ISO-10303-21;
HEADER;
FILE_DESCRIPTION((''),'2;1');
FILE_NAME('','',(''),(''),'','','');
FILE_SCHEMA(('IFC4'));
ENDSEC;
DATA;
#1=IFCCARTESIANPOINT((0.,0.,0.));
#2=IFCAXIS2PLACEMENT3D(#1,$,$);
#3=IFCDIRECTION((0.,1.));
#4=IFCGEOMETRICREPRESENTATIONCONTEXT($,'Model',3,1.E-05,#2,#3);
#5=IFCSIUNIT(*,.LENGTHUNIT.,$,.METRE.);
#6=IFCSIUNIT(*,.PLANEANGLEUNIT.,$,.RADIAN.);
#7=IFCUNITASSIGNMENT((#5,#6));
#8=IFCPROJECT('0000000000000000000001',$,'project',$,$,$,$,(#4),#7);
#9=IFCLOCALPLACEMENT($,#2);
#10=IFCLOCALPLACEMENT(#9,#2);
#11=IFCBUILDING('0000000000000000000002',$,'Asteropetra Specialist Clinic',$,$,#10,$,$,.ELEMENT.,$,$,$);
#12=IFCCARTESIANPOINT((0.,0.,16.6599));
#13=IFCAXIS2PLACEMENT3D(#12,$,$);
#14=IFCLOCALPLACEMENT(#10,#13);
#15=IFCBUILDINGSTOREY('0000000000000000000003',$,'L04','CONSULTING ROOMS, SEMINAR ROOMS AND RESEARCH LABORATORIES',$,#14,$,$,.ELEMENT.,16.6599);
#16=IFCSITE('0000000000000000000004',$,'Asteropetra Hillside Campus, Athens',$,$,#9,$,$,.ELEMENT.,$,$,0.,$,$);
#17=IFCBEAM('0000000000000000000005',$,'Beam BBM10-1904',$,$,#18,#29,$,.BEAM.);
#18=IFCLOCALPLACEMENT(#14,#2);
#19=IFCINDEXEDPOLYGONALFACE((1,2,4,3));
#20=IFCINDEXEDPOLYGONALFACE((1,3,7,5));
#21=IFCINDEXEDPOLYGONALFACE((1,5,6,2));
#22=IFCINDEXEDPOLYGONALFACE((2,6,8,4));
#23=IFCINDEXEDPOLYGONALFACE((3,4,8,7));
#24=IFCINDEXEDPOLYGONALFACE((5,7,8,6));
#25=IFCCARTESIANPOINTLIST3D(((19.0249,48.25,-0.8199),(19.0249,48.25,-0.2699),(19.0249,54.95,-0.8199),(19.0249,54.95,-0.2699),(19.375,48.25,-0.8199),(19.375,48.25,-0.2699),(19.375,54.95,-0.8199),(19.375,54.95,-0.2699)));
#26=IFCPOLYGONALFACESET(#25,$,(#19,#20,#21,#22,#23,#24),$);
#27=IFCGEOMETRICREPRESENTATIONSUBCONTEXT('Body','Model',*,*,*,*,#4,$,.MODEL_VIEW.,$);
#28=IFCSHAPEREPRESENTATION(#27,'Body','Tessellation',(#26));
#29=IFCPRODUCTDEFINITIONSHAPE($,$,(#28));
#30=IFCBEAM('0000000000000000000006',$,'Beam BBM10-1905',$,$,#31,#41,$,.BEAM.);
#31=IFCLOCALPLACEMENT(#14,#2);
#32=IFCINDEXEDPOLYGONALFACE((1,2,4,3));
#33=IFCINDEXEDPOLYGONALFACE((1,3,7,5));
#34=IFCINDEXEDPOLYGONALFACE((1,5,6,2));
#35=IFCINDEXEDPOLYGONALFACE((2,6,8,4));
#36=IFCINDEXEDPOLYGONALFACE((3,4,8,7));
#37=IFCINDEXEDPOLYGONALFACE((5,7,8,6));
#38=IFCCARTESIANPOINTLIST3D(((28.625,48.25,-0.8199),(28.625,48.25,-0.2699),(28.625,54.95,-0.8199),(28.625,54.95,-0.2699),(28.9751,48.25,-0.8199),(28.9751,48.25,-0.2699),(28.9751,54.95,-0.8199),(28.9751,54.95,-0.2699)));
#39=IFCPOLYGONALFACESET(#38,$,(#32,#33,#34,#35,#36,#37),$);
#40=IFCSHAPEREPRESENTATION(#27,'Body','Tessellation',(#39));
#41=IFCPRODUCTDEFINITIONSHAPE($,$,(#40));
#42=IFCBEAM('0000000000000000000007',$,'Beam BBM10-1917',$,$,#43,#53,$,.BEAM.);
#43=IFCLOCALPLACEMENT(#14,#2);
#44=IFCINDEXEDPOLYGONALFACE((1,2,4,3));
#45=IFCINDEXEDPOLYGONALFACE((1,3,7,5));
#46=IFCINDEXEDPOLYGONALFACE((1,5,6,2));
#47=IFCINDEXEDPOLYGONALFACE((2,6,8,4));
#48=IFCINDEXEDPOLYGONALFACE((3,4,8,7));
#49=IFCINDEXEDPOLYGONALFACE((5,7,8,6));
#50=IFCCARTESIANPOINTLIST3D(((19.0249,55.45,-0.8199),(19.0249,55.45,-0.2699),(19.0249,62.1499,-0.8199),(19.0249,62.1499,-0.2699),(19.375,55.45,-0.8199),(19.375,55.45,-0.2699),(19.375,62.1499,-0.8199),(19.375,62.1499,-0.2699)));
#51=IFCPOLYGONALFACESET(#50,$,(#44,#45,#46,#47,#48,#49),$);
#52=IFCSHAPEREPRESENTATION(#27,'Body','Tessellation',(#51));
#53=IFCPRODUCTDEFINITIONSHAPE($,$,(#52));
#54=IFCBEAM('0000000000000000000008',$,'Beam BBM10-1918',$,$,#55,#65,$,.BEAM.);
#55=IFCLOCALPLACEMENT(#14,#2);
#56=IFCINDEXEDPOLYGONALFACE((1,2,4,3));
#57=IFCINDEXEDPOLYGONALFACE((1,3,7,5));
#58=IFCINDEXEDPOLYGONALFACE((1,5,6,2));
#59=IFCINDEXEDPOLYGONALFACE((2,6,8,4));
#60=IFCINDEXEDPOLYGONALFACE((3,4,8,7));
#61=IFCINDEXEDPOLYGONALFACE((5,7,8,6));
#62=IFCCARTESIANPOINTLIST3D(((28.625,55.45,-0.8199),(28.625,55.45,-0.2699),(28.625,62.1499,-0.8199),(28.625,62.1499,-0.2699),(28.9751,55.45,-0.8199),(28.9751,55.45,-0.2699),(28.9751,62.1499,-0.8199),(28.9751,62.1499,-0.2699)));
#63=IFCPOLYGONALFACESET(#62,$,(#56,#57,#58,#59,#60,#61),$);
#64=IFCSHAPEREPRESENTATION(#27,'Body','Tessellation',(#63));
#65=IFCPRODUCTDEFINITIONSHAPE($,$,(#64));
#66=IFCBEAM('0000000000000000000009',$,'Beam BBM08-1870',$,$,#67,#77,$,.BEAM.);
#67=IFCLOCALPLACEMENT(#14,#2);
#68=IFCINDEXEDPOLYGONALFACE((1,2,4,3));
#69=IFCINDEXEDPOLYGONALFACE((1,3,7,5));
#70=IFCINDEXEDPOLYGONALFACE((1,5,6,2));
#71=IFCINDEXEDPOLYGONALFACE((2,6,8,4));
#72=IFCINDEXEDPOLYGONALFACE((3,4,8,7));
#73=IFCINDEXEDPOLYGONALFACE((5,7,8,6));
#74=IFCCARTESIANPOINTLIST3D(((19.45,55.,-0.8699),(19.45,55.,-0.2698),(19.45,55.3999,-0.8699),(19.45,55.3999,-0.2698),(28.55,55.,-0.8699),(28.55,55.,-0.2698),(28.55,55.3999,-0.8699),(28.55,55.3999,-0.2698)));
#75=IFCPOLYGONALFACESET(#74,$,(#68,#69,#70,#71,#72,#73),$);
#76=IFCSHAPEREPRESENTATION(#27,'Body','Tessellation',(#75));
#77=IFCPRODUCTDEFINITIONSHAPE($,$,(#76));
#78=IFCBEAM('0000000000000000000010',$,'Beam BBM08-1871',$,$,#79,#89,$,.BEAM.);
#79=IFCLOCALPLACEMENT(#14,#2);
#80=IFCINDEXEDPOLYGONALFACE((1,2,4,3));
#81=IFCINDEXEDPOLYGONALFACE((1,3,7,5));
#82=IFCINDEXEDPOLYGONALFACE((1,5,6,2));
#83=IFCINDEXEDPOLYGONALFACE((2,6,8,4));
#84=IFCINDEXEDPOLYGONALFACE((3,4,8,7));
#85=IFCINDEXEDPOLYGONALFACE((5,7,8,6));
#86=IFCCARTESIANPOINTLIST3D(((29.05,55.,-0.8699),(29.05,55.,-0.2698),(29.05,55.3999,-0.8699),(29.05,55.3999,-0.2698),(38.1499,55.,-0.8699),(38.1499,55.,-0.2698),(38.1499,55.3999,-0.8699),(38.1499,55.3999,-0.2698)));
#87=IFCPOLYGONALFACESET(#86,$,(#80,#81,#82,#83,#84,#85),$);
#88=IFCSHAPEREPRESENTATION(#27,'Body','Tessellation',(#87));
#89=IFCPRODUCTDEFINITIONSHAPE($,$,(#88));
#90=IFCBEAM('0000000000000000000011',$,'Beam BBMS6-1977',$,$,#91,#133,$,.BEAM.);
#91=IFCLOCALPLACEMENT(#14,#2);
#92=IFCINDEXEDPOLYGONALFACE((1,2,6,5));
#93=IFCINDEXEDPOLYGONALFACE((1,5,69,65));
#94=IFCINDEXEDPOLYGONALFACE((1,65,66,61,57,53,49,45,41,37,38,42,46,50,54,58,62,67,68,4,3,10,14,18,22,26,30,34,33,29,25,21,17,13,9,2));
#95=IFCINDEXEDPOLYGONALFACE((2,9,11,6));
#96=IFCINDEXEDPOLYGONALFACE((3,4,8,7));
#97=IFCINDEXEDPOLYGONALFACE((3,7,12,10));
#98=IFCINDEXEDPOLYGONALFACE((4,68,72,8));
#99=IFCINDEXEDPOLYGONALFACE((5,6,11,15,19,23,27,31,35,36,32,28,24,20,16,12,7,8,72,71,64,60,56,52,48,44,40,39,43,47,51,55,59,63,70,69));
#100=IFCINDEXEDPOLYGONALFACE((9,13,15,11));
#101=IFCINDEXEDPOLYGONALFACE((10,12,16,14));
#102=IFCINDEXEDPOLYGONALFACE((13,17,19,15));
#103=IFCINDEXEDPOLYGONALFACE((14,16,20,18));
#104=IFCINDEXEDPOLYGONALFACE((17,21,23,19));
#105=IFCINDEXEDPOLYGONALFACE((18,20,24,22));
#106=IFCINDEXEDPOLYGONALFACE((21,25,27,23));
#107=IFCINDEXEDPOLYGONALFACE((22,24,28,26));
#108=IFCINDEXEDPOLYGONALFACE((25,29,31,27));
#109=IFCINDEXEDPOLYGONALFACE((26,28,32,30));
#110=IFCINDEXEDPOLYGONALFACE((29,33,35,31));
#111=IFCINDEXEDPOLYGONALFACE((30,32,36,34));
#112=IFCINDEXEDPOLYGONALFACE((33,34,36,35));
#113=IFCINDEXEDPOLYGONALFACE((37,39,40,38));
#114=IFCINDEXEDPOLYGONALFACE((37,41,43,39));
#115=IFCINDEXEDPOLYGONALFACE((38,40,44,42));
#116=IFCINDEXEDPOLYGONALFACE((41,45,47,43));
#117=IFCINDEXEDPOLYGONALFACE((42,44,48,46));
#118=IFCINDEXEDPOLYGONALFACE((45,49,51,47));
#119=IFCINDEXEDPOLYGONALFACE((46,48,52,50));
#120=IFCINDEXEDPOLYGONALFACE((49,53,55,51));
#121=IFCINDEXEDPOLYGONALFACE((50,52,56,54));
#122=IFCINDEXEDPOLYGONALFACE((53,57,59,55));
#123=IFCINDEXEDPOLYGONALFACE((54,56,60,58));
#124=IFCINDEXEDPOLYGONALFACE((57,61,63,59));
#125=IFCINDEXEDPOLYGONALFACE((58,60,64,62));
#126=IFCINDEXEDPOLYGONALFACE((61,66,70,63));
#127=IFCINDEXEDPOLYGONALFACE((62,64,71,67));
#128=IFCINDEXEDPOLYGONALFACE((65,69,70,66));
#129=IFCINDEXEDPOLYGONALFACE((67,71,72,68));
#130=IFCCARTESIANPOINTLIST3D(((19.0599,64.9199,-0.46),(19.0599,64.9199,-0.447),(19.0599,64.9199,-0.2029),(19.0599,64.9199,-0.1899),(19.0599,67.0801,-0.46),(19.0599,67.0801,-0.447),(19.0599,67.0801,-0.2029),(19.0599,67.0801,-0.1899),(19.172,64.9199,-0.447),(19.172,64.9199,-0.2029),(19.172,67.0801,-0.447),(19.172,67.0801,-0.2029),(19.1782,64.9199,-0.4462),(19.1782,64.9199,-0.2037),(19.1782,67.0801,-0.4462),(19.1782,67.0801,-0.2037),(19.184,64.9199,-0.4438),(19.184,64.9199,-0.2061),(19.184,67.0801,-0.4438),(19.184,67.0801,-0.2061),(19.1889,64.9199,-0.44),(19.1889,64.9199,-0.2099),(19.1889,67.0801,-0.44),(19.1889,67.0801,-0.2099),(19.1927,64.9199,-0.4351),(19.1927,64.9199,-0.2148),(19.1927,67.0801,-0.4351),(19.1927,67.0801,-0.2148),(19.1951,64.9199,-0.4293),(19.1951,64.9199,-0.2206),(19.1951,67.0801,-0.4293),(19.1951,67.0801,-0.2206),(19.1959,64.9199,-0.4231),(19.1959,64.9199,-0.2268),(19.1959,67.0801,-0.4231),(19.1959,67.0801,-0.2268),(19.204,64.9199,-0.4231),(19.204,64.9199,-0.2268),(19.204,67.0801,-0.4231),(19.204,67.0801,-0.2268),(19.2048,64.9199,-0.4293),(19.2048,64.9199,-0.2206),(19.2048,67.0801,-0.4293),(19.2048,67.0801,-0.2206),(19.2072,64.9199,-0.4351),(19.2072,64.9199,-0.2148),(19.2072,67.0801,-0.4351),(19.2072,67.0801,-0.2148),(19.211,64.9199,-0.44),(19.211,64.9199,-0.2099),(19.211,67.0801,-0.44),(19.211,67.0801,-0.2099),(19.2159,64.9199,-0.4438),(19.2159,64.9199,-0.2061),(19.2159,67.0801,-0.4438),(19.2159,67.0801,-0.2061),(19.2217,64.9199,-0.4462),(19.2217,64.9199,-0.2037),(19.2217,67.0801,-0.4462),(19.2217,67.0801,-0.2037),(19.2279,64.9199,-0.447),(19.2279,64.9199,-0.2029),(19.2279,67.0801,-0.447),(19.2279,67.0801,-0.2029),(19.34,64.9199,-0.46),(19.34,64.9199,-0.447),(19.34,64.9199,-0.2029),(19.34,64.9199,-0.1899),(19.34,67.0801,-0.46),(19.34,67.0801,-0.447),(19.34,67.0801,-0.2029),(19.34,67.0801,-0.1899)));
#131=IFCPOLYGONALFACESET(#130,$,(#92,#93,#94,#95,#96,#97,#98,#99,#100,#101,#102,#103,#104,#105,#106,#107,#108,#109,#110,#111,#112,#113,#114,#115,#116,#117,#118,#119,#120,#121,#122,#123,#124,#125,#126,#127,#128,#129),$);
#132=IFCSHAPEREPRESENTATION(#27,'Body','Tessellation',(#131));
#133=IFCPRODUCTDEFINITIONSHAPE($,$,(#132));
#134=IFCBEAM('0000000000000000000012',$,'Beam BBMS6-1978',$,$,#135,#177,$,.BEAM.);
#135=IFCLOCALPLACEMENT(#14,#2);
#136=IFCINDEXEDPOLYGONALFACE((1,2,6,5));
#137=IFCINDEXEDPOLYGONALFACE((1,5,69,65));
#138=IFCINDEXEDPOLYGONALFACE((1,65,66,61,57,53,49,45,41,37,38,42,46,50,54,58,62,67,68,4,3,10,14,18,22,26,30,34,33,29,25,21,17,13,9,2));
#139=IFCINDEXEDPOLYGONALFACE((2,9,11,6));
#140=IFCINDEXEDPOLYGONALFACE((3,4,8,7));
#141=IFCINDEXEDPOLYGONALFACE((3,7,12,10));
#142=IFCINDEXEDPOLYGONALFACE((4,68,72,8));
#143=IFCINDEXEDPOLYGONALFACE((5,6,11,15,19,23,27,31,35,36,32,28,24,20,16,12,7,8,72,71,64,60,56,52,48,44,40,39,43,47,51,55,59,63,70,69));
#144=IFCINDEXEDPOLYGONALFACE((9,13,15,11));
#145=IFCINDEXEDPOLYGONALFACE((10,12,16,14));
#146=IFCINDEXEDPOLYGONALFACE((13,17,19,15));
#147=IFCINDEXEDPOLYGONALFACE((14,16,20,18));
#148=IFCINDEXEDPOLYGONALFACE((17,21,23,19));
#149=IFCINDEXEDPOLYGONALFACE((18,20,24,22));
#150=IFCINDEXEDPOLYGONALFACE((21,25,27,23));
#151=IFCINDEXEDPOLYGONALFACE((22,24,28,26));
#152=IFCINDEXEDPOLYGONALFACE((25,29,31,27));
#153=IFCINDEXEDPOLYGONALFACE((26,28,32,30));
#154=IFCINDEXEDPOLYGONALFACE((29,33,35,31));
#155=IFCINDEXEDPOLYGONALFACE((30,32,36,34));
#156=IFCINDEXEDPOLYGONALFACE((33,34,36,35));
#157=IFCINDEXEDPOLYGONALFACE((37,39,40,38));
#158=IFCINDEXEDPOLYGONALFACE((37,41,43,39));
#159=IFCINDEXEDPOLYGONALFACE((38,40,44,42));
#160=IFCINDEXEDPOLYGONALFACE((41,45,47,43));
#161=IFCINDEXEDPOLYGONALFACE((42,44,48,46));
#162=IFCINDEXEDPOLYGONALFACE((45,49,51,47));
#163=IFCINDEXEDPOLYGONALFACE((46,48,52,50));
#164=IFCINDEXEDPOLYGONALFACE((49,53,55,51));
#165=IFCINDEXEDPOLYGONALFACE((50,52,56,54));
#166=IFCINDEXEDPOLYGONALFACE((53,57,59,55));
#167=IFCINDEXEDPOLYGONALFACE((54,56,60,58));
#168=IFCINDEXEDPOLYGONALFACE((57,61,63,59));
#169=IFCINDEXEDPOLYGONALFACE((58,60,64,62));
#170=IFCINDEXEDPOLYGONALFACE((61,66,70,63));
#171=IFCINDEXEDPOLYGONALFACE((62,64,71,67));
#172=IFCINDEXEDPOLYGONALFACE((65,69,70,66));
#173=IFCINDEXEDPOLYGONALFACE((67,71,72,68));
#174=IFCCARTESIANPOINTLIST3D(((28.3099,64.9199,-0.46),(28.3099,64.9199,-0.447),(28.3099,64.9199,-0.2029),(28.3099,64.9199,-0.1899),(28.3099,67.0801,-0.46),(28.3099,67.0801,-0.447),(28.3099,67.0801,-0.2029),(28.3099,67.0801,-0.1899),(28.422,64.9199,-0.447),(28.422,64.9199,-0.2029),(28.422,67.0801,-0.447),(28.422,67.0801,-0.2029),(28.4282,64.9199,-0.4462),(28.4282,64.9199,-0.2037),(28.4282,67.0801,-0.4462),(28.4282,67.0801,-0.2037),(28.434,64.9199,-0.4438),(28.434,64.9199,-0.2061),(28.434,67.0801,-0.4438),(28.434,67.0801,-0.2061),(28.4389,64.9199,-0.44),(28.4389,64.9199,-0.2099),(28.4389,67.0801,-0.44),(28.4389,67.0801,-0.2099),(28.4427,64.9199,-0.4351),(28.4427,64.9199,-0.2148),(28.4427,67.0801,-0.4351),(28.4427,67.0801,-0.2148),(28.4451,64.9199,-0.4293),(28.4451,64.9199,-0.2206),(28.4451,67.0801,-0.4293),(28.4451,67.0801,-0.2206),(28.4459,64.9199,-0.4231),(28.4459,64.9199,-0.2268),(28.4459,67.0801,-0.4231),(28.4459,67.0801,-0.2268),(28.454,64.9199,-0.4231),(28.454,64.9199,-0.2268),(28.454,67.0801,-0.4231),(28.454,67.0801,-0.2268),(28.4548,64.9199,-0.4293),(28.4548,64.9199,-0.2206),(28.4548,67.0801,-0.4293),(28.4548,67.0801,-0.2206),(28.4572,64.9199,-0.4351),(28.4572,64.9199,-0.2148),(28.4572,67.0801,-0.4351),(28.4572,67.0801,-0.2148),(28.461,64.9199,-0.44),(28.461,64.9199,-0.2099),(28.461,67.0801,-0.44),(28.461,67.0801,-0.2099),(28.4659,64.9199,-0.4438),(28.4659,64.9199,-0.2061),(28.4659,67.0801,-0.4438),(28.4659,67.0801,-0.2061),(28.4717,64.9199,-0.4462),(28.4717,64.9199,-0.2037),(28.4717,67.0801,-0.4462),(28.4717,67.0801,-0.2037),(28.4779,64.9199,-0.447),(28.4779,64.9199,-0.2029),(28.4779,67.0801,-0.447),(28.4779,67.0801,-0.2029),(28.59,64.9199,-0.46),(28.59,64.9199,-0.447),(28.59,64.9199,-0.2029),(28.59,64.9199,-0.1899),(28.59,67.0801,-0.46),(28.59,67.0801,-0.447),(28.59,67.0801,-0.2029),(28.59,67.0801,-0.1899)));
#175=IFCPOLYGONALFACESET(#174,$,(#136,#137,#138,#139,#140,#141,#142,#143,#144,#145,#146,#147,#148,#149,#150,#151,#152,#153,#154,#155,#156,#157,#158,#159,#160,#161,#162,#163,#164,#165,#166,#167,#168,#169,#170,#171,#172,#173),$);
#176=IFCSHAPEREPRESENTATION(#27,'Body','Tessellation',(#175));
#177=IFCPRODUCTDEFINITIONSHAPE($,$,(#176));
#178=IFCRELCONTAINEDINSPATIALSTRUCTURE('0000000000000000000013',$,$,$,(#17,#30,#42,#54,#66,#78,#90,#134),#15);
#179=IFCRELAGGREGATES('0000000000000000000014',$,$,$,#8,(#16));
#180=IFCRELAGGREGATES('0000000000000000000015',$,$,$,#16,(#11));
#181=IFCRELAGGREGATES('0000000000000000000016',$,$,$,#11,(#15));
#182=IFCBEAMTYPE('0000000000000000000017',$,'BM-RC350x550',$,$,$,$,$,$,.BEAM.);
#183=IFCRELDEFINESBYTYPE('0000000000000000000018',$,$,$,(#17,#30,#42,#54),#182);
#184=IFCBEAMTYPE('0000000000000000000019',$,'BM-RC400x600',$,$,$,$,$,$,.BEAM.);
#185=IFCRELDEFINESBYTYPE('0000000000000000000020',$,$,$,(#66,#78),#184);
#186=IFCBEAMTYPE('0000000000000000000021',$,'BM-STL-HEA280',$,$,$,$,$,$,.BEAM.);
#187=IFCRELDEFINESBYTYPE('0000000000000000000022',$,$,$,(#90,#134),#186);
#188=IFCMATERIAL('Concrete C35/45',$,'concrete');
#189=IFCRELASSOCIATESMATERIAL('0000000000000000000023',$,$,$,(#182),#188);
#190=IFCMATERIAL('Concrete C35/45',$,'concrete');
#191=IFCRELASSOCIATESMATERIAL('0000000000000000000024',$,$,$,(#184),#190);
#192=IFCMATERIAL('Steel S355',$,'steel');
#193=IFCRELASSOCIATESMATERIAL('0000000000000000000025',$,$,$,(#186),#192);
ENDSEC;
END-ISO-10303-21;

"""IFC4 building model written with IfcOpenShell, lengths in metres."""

from ifc_helpers import new_model, si_unit, direction, frame, origin, origin_2d, place, context, subcontext, project, spatial, rectangle, i_section, extrude, material, material_profile, profile_set, type_object, element, save


model = new_model("IFC4")

# Units and contexts
model_context = context("Model", 3, precision=1e-05, world=origin(), true_north=direction((0.0, 1.0)))
body_context = subcontext(model_context, "Body", "Model", "MODEL_VIEW")
ifc_project = project(units=[si_unit("LENGTHUNIT", "METRE"), si_unit("PLANEANGLEUNIT", "RADIAN")], contexts=[model_context])

# Site, building, storey
site_placement = place(None, origin())
site = spatial("IfcSite", under=ifc_project, at=site_placement, Name="Asteropetra Hillside Campus, Athens", CompositionType="ELEMENT", RefElevation=0.0)
building_placement = place(site_placement, origin())
building = spatial("IfcBuilding", under=site, at=building_placement, Name="Asteropetra Specialist Clinic", CompositionType="ELEMENT")
storey_placement = place(building_placement, frame((0.0, 0.0, 16.6599)))
storey = spatial("IfcBuildingStorey", under=building, at=storey_placement, Name="L04", Description="CONSULTING ROOMS, SEMINAR ROOMS AND RESEARCH LABORATORIES", CompositionType="ELEMENT", Elevation=16.6599)

# Beams
ifc_material_1 = material(Name="Concrete C35/45", Category="concrete")
ifc_material_profile_1 = material_profile(ifc_material_1, rectangle(XDim=0.3501, YDim=0.55, at=origin_2d()), Name="RCB 350x550")
ifc_profile_set_1 = profile_set([ifc_material_profile_1], Name="Concrete C35/45")
beam_type_1 = type_object("IfcBeamType", Name="BM-RC350x550", PredefinedType="BEAM", material=ifc_profile_set_1)
for number, where, z_axis, x_axis, name in (
    (1, (19.2, 48.25, -0.5449), (0.0, 1.0, 0.0), (-1.0, 0.0, 0.0), "Beam BBM10-1904"),
    (2, (28.8, 48.25, -0.5449), (0.0, 1.0, 0.0), (-1.0, 0.0, 0.0), "Beam BBM10-1905"),
    (3, (19.2, 55.45, -0.5449), (0.0, 1.0, 0.0), (-1.0, 0.0, 0.0), "Beam BBM10-1917"),
    (4, (28.8, 55.45, -0.5449), (0.0, 1.0, 0.0), (-1.0, 0.0, 0.0), "Beam BBM10-1918"),
):
    element("IfcBeam", number, at=place(storey_placement, frame(where, z_axis=z_axis, x_axis=x_axis)), inside=storey, type_object=beam_type_1, Name=name, PredefinedType="BEAM", context=body_context, shape_type="SweptSolid", body=[
        extrude(rectangle(XDim=0.3501, YDim=0.55, at=origin_2d()), origin(), (0.0, 0.0, 1.0), 6.7),
    ])
ifc_material_2 = material(Name="Concrete C35/45", Category="concrete")
ifc_material_profile_2 = material_profile(ifc_material_2, rectangle(XDim=0.3999, YDim=0.6001, at=origin_2d()), Name="RCB 400x600")
ifc_profile_set_2 = profile_set([ifc_material_profile_2], Name="Concrete C35/45")
beam_type_2 = type_object("IfcBeamType", Name="BM-RC400x600", PredefinedType="BEAM", material=ifc_profile_set_2)
beam_1_placement = place(storey_placement, frame((19.45, 55.2, -0.5698), z_axis=(1.0, 0.0, 0.0), x_axis=(0.0, 1.0, 0.0)))
element("IfcBeam", 5, at=beam_1_placement, inside=storey, type_object=beam_type_2, Name="Beam BBM08-1870", PredefinedType="BEAM", context=body_context, shape_type="SweptSolid", body=[
    extrude(rectangle(XDim=0.3999, YDim=0.6001, at=origin_2d()), origin(), (0.0, 0.0, 1.0), 9.1001),
])
beam_2_placement = place(storey_placement, frame((29.05, 55.2, -0.5698), z_axis=(1.0, 0.0, 0.0), x_axis=(0.0, 1.0, 0.0)))
element("IfcBeam", 6, at=beam_2_placement, inside=storey, type_object=beam_type_2, Name="Beam BBM08-1871", PredefinedType="BEAM", context=body_context, shape_type="SweptSolid", body=[
    extrude(rectangle(XDim=0.3999, YDim=0.6001, at=origin_2d()), origin(), (0.0, 0.0, 1.0), 9.0999),
])
ifc_material_3 = material(Name="Steel S355", Category="steel")
ifc_material_profile_3 = material_profile(ifc_material_3, i_section(OverallWidth=0.28, OverallDepth=0.27, WebThickness=0.0081, FlangeThickness=0.0129, FilletRadius=0.0239, at=origin_2d()), Name="HEA 280")
ifc_profile_set_3 = profile_set([ifc_material_profile_3], Name="Steel S355")
beam_type_3 = type_object("IfcBeamType", Name="BM-STL-HEA280", PredefinedType="BEAM", material=ifc_profile_set_3)
for number, where, z_axis, x_axis, name in (
    (7, (19.2, 64.9199, -0.325), (0.0, 1.0, 0.0), (-1.0, 0.0, 0.0), "Beam BBMS6-1977"),
    (8, (28.45, 64.9199, -0.325), (0.0, 1.0, 0.0), (-1.0, 0.0, 0.0), "Beam BBMS6-1978"),
):
    element("IfcBeam", number, at=place(storey_placement, frame(where, z_axis=z_axis, x_axis=x_axis)), inside=storey, type_object=beam_type_3, Name=name, PredefinedType="BEAM", context=body_context, shape_type="SweptSolid", body=[
        extrude(i_section(OverallWidth=0.28, OverallDepth=0.27, WebThickness=0.0081, FlangeThickness=0.0129, FilletRadius=0.0239, at=origin_2d()), origin(), (0.0, 0.0, 1.0), 2.1602),
    ])

save(model, "model.ifc")
